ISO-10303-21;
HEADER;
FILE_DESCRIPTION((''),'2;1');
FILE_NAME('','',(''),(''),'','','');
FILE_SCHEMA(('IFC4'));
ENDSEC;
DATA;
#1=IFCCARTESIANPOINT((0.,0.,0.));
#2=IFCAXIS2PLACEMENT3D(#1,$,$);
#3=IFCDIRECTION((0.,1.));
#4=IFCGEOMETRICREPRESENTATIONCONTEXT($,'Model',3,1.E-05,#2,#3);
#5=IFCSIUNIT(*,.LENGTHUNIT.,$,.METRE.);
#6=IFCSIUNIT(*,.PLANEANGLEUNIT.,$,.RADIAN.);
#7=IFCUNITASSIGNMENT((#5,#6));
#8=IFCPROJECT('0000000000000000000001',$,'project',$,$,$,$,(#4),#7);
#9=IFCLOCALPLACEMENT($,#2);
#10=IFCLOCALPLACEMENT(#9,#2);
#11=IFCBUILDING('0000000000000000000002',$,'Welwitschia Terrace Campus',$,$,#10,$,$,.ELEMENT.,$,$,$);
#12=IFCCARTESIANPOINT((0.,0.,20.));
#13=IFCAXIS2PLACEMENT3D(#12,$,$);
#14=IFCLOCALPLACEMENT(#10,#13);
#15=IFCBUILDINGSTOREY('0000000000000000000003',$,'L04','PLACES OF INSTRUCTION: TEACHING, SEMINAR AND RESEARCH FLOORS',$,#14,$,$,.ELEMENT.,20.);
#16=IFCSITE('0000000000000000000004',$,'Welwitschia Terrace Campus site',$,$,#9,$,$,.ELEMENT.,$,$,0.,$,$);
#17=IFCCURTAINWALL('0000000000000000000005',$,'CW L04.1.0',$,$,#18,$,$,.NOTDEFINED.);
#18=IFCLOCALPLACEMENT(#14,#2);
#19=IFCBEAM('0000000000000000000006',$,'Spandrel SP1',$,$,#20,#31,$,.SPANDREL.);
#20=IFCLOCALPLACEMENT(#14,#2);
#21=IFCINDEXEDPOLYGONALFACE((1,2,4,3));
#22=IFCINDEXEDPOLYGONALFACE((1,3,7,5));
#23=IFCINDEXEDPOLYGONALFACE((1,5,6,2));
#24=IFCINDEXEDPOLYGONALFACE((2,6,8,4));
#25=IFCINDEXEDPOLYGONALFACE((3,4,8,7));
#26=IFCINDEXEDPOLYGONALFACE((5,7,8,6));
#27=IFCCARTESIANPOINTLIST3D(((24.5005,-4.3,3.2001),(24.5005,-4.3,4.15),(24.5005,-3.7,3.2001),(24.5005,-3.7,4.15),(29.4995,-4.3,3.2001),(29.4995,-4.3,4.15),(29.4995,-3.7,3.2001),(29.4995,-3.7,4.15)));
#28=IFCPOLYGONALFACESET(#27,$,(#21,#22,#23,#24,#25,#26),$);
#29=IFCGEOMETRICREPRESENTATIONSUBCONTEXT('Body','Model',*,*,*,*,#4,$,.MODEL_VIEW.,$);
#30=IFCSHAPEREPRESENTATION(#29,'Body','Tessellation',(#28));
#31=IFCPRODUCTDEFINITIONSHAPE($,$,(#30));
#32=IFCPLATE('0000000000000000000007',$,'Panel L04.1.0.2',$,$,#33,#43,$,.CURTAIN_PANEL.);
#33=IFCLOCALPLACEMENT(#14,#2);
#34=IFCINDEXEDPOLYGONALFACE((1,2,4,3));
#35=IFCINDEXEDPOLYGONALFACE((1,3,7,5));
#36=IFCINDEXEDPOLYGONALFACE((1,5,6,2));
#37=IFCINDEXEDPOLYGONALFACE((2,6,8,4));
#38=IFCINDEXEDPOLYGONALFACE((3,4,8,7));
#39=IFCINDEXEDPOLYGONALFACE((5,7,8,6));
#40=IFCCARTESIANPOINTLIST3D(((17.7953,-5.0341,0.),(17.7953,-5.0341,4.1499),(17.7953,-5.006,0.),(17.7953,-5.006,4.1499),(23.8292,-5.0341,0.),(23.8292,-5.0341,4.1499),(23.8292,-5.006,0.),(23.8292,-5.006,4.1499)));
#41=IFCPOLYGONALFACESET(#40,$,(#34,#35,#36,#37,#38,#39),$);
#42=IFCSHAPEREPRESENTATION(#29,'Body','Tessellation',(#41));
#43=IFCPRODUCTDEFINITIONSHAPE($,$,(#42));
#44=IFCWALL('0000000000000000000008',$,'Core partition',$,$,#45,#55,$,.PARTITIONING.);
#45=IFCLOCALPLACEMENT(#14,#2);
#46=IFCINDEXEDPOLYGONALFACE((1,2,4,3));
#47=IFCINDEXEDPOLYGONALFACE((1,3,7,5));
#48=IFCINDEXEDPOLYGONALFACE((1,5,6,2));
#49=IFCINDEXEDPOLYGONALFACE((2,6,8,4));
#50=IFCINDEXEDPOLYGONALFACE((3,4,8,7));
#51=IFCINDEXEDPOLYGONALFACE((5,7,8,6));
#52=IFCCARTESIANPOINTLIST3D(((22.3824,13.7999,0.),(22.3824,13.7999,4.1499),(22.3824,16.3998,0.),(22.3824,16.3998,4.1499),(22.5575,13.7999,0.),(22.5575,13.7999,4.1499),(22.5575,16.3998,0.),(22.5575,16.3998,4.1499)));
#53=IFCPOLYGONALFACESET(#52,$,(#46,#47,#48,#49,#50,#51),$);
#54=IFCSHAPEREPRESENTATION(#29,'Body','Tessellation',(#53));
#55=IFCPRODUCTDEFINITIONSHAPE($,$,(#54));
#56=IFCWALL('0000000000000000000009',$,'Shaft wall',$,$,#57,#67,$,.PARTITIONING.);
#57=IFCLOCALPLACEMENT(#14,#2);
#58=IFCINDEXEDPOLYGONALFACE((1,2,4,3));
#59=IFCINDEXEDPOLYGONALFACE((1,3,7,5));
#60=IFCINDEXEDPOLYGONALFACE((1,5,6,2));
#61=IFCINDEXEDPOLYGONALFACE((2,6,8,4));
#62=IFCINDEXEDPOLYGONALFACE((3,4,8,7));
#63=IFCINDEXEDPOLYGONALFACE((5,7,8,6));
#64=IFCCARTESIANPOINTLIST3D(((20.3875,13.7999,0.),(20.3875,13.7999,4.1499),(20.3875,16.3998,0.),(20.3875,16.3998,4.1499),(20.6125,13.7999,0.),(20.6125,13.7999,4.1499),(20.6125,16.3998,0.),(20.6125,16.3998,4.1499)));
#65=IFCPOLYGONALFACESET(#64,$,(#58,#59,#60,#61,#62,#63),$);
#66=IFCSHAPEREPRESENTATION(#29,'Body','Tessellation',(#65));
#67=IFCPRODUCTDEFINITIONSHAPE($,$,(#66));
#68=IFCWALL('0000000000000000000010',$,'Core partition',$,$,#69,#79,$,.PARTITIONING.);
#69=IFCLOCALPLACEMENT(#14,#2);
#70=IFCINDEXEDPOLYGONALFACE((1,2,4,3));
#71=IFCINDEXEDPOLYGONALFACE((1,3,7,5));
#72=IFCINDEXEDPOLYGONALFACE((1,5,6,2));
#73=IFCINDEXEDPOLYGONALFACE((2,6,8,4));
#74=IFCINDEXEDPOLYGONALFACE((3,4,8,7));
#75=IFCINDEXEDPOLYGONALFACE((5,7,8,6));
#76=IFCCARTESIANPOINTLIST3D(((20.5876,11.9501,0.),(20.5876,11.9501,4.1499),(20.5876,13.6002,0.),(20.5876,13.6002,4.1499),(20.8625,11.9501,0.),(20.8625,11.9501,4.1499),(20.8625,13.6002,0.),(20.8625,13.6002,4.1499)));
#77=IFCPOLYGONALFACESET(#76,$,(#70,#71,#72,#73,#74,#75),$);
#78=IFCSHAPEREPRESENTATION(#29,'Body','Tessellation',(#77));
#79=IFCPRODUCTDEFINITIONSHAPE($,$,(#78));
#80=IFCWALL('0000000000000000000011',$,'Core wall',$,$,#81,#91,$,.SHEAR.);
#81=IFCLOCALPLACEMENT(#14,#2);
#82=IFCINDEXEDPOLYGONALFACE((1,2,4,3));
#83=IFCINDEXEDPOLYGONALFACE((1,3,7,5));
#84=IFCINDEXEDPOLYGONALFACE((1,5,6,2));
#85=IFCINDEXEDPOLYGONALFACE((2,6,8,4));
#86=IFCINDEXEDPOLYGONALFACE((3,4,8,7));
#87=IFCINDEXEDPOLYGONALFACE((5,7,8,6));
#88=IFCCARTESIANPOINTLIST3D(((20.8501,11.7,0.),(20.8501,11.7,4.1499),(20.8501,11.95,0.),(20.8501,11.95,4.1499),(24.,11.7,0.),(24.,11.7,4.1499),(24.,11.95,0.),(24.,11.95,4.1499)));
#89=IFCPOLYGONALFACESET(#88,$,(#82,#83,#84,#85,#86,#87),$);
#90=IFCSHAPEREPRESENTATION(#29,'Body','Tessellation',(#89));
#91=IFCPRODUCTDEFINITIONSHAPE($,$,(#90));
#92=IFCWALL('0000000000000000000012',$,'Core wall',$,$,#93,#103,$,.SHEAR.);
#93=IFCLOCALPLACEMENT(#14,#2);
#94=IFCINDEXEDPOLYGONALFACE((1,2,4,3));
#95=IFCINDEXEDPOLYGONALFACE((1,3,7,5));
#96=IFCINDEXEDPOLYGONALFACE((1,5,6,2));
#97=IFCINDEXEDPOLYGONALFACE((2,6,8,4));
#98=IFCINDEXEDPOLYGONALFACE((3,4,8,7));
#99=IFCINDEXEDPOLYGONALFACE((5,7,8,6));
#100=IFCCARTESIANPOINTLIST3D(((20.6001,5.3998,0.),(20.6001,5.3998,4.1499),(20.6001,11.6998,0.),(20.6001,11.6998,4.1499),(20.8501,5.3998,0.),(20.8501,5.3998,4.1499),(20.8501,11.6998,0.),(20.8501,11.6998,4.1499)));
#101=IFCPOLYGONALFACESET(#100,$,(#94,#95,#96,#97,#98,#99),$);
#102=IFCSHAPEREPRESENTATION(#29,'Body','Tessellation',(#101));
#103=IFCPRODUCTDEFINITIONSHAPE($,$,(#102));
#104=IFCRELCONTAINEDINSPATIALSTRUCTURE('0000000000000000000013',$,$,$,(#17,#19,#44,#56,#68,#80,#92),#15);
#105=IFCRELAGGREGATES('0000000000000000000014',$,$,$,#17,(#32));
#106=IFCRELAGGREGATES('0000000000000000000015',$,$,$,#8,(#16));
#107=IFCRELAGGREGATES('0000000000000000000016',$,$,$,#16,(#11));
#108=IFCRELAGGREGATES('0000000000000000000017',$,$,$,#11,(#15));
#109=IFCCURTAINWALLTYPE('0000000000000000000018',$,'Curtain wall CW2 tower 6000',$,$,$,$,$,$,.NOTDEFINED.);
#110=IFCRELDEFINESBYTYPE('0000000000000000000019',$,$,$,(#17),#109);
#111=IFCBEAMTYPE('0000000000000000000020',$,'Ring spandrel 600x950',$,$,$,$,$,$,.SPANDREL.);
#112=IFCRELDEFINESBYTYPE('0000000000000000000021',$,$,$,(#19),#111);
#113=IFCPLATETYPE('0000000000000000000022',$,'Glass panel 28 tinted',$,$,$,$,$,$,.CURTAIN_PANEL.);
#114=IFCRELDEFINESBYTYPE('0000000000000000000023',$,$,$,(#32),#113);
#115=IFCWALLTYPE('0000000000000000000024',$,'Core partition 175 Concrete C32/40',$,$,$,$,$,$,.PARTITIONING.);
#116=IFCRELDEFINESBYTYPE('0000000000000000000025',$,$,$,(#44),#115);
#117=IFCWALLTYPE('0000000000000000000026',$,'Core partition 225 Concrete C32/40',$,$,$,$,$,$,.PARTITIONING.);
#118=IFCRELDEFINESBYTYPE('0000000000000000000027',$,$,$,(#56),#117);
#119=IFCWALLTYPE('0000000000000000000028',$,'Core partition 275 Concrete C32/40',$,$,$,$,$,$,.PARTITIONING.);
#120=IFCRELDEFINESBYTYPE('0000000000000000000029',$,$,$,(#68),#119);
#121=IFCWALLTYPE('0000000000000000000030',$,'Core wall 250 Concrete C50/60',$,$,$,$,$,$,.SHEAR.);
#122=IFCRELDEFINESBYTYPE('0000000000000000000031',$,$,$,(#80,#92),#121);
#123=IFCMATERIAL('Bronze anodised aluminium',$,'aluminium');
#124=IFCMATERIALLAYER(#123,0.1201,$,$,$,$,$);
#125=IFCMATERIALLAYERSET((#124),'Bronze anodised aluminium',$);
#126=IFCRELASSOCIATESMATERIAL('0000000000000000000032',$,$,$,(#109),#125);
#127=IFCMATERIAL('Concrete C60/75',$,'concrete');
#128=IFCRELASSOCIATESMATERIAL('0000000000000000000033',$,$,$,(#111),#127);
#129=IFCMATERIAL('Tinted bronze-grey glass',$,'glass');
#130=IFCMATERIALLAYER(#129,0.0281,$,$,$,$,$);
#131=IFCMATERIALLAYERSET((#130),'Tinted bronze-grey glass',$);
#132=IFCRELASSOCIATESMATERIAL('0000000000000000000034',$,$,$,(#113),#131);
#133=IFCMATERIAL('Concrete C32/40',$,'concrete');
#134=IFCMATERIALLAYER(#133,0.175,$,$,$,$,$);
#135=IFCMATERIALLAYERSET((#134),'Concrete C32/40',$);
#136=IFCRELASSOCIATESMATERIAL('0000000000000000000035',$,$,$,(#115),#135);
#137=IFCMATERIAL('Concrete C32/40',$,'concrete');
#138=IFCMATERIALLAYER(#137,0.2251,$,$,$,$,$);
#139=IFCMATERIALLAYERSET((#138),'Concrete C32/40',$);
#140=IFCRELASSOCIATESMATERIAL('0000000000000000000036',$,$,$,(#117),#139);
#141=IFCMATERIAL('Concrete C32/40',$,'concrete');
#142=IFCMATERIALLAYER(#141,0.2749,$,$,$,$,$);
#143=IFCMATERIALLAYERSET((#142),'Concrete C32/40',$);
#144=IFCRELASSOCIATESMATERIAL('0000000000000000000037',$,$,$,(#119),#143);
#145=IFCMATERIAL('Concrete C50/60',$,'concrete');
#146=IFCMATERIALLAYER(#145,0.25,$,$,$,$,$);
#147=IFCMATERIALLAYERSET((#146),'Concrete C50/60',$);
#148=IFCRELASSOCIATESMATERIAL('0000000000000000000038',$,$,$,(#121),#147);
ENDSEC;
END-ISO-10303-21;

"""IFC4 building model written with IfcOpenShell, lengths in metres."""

from ifc_helpers import new_model, si_unit, direction, frame, frame_2d, origin, origin_2d, place, context, subcontext, project, spatial, rectangle, extrude, material, layer, layer_set, material_profile, profile_set, type_object, element, aggregate, save


model = new_model("IFC4")

# Units and contexts
model_context = context("Model", 3, precision=1e-05, world=origin(), true_north=direction((0.0, 1.0)))
body_context = subcontext(model_context, "Body", "Model", "MODEL_VIEW")
ifc_project = project(units=[si_unit("LENGTHUNIT", "METRE"), si_unit("PLANEANGLEUNIT", "RADIAN")], contexts=[model_context])

# Site, building, storey
site_placement = place(None, origin())
site = spatial("IfcSite", under=ifc_project, at=site_placement, Name="Welwitschia Terrace Campus site", CompositionType="ELEMENT", RefElevation=0.0)
building_placement = place(site_placement, origin())
building = spatial("IfcBuilding", under=site, at=building_placement, Name="Welwitschia Terrace Campus", CompositionType="ELEMENT")
storey_placement = place(building_placement, frame((0.0, 0.0, 20.0)))
storey = spatial("IfcBuildingStorey", under=building, at=storey_placement, Name="L04", Description="PLACES OF INSTRUCTION: TEACHING, SEMINAR AND RESEARCH FLOORS", CompositionType="ELEMENT", Elevation=20.0)

# Curtain wall
ifc_material_1 = material(Name="Bronze anodised aluminium", Category="aluminium")
ifc_layer_1 = layer(ifc_material_1, 0.1201)
ifc_layer_set_1 = layer_set([ifc_layer_1], Name="Bronze anodised aluminium")
curtain_wall_type = type_object("IfcCurtainWallType", Name="Curtain wall CW2 tower 6000", PredefinedType="NOTDEFINED", material=ifc_layer_set_1)
curtain_wall_placement = place(storey_placement, origin())
curtain_wall = element("IfcCurtainWall", 1, at=curtain_wall_placement, inside=storey, type_object=curtain_wall_type, Name="CW L04.1.0", PredefinedType="NOTDEFINED")

# Beam
ifc_material_2 = material(Name="Concrete C60/75", Category="concrete")
ifc_material_profile_1 = material_profile(ifc_material_2, rectangle(XDim=0.6001, YDim=0.95, at=origin_2d()))
ifc_profile_set_1 = profile_set([ifc_material_profile_1], Name="Concrete C60/75")
beam_type_1 = type_object("IfcBeamType", Name="Ring spandrel 600x950", PredefinedType="SPANDREL", material=ifc_profile_set_1)
for number, where, z_axis, x_axis, name in (
    (2, (24.5005, -4.0, 3.675), (1.0, 0.0, 0.0), (0.0, 1.0, 0.0), "Spandrel SP1"),
):
    element("IfcBeam", number, at=place(storey_placement, frame(where, z_axis=z_axis, x_axis=x_axis)), inside=storey, type_object=beam_type_1, Name=name, PredefinedType="SPANDREL", context=body_context, shape_type="SweptSolid", body=[
        extrude(rectangle(XDim=0.6001, YDim=0.95, at=origin_2d()), origin(), (0.0, 0.0, 1.0), 4.999),
    ])

# Plate
ifc_material_3 = material(Name="Tinted bronze-grey glass", Category="glass")
ifc_layer_2 = layer(ifc_material_3, 0.0281)
ifc_layer_set_2 = layer_set([ifc_layer_2], Name="Tinted bronze-grey glass")
plate_type = type_object("IfcPlateType", Name="Glass panel 28 tinted", PredefinedType="CURTAIN_PANEL", material=ifc_layer_set_2)
plate_placement = place(storey_placement, frame((20.8123, -5.02, 0.0), z_axis=(0.0, 0.0, 1.0), x_axis=(1.0, 0.0, 0.0)))
plate = element("IfcPlate", 3, at=plate_placement, type_object=plate_type, Name="Panel L04.1.0.2", PredefinedType="CURTAIN_PANEL", context=body_context, shape_type="SweptSolid", body=[
    extrude(rectangle(XDim=6.0339, YDim=0.0281, at=origin_2d()), origin(), (0.0, 0.0, 1.0), 4.1499),
])
aggregate(curtain_wall, [plate])

# Walls
ifc_material_4 = material(Name="Concrete C32/40", Category="concrete")
ifc_layer_3 = layer(ifc_material_4, 0.175)
ifc_layer_set_3 = layer_set([ifc_layer_3], Name="Concrete C32/40")
wall_type_1 = type_object("IfcWallType", Name="Core partition 175 Concrete C32/40", PredefinedType="PARTITIONING", material=ifc_layer_set_3)
wall_1_placement = place(storey_placement, frame((22.47, 13.8, 0.0), z_axis=(0.0, 0.0, 1.0), x_axis=(0.0, 1.0, 0.0)))
element("IfcWall", 4, at=wall_1_placement, inside=storey, type_object=wall_type_1, Name="Core partition", PredefinedType="PARTITIONING", context=body_context, shape_type="SweptSolid", body=[
    extrude(rectangle(XDim=2.5999, YDim=0.175, at=frame_2d((1.2998, 0.0))), origin(), (0.0, 0.0, 1.0), 4.1499),
])
ifc_material_5 = material(Name="Concrete C32/40", Category="concrete")
ifc_layer_4 = layer(ifc_material_5, 0.2251)
ifc_layer_set_4 = layer_set([ifc_layer_4], Name="Concrete C32/40")
wall_type_2 = type_object("IfcWallType", Name="Core partition 225 Concrete C32/40", PredefinedType="PARTITIONING", material=ifc_layer_set_4)
wall_2_placement = place(storey_placement, frame((20.5, 13.8, 0.0), z_axis=(0.0, 0.0, 1.0), x_axis=(0.0, 1.0, 0.0)))
element("IfcWall", 5, at=wall_2_placement, inside=storey, type_object=wall_type_2, Name="Shaft wall", PredefinedType="PARTITIONING", context=body_context, shape_type="SweptSolid", body=[
    extrude(rectangle(XDim=2.5999, YDim=0.2251, at=frame_2d((1.2998, 0.0))), origin(), (0.0, 0.0, 1.0), 4.1499),
])
ifc_material_6 = material(Name="Concrete C32/40", Category="concrete")
ifc_layer_5 = layer(ifc_material_6, 0.2749)
ifc_layer_set_5 = layer_set([ifc_layer_5], Name="Concrete C32/40")
wall_type_3 = type_object("IfcWallType", Name="Core partition 275 Concrete C32/40", PredefinedType="PARTITIONING", material=ifc_layer_set_5)
wall_3_placement = place(storey_placement, frame((20.7251, 11.95, 0.0), z_axis=(0.0, 0.0, 1.0), x_axis=(0.0, 1.0, 0.0)))
element("IfcWall", 6, at=wall_3_placement, inside=storey, type_object=wall_type_3, Name="Core partition", PredefinedType="PARTITIONING", context=body_context, shape_type="SweptSolid", body=[
    extrude(rectangle(XDim=1.6501, YDim=0.2749, at=frame_2d((0.8252, 0.0))), origin(), (0.0, 0.0, 1.0), 4.1499),
])
ifc_material_7 = material(Name="Concrete C50/60", Category="concrete")
ifc_layer_6 = layer(ifc_material_7, 0.25)
ifc_layer_set_6 = layer_set([ifc_layer_6], Name="Concrete C50/60")
wall_type_4 = type_object("IfcWallType", Name="Core wall 250 Concrete C50/60", PredefinedType="SHEAR", material=ifc_layer_set_6)
wall_4_placement = place(storey_placement, frame((20.8501, 11.825, 0.0), z_axis=(0.0, 0.0, 1.0), x_axis=(1.0, 0.0, 0.0)))
element("IfcWall", 7, at=wall_4_placement, inside=storey, type_object=wall_type_4, Name="Core wall", PredefinedType="SHEAR", context=body_context, shape_type="SweptSolid", body=[
    extrude(rectangle(XDim=3.1499, YDim=0.25, at=frame_2d((1.575, 0.0))), origin(), (0.0, 0.0, 1.0), 4.1499),
])
wall_5_placement = place(storey_placement, frame((20.7251, 5.3999, 0.0), z_axis=(0.0, 0.0, 1.0), x_axis=(0.0, 1.0, 0.0)))
element("IfcWall", 8, at=wall_5_placement, inside=storey, type_object=wall_type_4, Name="Core wall", PredefinedType="SHEAR", context=body_context, shape_type="SweptSolid", body=[
    extrude(rectangle(XDim=6.3, YDim=0.25, at=frame_2d((3.1499, 0.0))), origin(), (0.0, 0.0, 1.0), 4.1499),
])

save(model, "model.ifc")
